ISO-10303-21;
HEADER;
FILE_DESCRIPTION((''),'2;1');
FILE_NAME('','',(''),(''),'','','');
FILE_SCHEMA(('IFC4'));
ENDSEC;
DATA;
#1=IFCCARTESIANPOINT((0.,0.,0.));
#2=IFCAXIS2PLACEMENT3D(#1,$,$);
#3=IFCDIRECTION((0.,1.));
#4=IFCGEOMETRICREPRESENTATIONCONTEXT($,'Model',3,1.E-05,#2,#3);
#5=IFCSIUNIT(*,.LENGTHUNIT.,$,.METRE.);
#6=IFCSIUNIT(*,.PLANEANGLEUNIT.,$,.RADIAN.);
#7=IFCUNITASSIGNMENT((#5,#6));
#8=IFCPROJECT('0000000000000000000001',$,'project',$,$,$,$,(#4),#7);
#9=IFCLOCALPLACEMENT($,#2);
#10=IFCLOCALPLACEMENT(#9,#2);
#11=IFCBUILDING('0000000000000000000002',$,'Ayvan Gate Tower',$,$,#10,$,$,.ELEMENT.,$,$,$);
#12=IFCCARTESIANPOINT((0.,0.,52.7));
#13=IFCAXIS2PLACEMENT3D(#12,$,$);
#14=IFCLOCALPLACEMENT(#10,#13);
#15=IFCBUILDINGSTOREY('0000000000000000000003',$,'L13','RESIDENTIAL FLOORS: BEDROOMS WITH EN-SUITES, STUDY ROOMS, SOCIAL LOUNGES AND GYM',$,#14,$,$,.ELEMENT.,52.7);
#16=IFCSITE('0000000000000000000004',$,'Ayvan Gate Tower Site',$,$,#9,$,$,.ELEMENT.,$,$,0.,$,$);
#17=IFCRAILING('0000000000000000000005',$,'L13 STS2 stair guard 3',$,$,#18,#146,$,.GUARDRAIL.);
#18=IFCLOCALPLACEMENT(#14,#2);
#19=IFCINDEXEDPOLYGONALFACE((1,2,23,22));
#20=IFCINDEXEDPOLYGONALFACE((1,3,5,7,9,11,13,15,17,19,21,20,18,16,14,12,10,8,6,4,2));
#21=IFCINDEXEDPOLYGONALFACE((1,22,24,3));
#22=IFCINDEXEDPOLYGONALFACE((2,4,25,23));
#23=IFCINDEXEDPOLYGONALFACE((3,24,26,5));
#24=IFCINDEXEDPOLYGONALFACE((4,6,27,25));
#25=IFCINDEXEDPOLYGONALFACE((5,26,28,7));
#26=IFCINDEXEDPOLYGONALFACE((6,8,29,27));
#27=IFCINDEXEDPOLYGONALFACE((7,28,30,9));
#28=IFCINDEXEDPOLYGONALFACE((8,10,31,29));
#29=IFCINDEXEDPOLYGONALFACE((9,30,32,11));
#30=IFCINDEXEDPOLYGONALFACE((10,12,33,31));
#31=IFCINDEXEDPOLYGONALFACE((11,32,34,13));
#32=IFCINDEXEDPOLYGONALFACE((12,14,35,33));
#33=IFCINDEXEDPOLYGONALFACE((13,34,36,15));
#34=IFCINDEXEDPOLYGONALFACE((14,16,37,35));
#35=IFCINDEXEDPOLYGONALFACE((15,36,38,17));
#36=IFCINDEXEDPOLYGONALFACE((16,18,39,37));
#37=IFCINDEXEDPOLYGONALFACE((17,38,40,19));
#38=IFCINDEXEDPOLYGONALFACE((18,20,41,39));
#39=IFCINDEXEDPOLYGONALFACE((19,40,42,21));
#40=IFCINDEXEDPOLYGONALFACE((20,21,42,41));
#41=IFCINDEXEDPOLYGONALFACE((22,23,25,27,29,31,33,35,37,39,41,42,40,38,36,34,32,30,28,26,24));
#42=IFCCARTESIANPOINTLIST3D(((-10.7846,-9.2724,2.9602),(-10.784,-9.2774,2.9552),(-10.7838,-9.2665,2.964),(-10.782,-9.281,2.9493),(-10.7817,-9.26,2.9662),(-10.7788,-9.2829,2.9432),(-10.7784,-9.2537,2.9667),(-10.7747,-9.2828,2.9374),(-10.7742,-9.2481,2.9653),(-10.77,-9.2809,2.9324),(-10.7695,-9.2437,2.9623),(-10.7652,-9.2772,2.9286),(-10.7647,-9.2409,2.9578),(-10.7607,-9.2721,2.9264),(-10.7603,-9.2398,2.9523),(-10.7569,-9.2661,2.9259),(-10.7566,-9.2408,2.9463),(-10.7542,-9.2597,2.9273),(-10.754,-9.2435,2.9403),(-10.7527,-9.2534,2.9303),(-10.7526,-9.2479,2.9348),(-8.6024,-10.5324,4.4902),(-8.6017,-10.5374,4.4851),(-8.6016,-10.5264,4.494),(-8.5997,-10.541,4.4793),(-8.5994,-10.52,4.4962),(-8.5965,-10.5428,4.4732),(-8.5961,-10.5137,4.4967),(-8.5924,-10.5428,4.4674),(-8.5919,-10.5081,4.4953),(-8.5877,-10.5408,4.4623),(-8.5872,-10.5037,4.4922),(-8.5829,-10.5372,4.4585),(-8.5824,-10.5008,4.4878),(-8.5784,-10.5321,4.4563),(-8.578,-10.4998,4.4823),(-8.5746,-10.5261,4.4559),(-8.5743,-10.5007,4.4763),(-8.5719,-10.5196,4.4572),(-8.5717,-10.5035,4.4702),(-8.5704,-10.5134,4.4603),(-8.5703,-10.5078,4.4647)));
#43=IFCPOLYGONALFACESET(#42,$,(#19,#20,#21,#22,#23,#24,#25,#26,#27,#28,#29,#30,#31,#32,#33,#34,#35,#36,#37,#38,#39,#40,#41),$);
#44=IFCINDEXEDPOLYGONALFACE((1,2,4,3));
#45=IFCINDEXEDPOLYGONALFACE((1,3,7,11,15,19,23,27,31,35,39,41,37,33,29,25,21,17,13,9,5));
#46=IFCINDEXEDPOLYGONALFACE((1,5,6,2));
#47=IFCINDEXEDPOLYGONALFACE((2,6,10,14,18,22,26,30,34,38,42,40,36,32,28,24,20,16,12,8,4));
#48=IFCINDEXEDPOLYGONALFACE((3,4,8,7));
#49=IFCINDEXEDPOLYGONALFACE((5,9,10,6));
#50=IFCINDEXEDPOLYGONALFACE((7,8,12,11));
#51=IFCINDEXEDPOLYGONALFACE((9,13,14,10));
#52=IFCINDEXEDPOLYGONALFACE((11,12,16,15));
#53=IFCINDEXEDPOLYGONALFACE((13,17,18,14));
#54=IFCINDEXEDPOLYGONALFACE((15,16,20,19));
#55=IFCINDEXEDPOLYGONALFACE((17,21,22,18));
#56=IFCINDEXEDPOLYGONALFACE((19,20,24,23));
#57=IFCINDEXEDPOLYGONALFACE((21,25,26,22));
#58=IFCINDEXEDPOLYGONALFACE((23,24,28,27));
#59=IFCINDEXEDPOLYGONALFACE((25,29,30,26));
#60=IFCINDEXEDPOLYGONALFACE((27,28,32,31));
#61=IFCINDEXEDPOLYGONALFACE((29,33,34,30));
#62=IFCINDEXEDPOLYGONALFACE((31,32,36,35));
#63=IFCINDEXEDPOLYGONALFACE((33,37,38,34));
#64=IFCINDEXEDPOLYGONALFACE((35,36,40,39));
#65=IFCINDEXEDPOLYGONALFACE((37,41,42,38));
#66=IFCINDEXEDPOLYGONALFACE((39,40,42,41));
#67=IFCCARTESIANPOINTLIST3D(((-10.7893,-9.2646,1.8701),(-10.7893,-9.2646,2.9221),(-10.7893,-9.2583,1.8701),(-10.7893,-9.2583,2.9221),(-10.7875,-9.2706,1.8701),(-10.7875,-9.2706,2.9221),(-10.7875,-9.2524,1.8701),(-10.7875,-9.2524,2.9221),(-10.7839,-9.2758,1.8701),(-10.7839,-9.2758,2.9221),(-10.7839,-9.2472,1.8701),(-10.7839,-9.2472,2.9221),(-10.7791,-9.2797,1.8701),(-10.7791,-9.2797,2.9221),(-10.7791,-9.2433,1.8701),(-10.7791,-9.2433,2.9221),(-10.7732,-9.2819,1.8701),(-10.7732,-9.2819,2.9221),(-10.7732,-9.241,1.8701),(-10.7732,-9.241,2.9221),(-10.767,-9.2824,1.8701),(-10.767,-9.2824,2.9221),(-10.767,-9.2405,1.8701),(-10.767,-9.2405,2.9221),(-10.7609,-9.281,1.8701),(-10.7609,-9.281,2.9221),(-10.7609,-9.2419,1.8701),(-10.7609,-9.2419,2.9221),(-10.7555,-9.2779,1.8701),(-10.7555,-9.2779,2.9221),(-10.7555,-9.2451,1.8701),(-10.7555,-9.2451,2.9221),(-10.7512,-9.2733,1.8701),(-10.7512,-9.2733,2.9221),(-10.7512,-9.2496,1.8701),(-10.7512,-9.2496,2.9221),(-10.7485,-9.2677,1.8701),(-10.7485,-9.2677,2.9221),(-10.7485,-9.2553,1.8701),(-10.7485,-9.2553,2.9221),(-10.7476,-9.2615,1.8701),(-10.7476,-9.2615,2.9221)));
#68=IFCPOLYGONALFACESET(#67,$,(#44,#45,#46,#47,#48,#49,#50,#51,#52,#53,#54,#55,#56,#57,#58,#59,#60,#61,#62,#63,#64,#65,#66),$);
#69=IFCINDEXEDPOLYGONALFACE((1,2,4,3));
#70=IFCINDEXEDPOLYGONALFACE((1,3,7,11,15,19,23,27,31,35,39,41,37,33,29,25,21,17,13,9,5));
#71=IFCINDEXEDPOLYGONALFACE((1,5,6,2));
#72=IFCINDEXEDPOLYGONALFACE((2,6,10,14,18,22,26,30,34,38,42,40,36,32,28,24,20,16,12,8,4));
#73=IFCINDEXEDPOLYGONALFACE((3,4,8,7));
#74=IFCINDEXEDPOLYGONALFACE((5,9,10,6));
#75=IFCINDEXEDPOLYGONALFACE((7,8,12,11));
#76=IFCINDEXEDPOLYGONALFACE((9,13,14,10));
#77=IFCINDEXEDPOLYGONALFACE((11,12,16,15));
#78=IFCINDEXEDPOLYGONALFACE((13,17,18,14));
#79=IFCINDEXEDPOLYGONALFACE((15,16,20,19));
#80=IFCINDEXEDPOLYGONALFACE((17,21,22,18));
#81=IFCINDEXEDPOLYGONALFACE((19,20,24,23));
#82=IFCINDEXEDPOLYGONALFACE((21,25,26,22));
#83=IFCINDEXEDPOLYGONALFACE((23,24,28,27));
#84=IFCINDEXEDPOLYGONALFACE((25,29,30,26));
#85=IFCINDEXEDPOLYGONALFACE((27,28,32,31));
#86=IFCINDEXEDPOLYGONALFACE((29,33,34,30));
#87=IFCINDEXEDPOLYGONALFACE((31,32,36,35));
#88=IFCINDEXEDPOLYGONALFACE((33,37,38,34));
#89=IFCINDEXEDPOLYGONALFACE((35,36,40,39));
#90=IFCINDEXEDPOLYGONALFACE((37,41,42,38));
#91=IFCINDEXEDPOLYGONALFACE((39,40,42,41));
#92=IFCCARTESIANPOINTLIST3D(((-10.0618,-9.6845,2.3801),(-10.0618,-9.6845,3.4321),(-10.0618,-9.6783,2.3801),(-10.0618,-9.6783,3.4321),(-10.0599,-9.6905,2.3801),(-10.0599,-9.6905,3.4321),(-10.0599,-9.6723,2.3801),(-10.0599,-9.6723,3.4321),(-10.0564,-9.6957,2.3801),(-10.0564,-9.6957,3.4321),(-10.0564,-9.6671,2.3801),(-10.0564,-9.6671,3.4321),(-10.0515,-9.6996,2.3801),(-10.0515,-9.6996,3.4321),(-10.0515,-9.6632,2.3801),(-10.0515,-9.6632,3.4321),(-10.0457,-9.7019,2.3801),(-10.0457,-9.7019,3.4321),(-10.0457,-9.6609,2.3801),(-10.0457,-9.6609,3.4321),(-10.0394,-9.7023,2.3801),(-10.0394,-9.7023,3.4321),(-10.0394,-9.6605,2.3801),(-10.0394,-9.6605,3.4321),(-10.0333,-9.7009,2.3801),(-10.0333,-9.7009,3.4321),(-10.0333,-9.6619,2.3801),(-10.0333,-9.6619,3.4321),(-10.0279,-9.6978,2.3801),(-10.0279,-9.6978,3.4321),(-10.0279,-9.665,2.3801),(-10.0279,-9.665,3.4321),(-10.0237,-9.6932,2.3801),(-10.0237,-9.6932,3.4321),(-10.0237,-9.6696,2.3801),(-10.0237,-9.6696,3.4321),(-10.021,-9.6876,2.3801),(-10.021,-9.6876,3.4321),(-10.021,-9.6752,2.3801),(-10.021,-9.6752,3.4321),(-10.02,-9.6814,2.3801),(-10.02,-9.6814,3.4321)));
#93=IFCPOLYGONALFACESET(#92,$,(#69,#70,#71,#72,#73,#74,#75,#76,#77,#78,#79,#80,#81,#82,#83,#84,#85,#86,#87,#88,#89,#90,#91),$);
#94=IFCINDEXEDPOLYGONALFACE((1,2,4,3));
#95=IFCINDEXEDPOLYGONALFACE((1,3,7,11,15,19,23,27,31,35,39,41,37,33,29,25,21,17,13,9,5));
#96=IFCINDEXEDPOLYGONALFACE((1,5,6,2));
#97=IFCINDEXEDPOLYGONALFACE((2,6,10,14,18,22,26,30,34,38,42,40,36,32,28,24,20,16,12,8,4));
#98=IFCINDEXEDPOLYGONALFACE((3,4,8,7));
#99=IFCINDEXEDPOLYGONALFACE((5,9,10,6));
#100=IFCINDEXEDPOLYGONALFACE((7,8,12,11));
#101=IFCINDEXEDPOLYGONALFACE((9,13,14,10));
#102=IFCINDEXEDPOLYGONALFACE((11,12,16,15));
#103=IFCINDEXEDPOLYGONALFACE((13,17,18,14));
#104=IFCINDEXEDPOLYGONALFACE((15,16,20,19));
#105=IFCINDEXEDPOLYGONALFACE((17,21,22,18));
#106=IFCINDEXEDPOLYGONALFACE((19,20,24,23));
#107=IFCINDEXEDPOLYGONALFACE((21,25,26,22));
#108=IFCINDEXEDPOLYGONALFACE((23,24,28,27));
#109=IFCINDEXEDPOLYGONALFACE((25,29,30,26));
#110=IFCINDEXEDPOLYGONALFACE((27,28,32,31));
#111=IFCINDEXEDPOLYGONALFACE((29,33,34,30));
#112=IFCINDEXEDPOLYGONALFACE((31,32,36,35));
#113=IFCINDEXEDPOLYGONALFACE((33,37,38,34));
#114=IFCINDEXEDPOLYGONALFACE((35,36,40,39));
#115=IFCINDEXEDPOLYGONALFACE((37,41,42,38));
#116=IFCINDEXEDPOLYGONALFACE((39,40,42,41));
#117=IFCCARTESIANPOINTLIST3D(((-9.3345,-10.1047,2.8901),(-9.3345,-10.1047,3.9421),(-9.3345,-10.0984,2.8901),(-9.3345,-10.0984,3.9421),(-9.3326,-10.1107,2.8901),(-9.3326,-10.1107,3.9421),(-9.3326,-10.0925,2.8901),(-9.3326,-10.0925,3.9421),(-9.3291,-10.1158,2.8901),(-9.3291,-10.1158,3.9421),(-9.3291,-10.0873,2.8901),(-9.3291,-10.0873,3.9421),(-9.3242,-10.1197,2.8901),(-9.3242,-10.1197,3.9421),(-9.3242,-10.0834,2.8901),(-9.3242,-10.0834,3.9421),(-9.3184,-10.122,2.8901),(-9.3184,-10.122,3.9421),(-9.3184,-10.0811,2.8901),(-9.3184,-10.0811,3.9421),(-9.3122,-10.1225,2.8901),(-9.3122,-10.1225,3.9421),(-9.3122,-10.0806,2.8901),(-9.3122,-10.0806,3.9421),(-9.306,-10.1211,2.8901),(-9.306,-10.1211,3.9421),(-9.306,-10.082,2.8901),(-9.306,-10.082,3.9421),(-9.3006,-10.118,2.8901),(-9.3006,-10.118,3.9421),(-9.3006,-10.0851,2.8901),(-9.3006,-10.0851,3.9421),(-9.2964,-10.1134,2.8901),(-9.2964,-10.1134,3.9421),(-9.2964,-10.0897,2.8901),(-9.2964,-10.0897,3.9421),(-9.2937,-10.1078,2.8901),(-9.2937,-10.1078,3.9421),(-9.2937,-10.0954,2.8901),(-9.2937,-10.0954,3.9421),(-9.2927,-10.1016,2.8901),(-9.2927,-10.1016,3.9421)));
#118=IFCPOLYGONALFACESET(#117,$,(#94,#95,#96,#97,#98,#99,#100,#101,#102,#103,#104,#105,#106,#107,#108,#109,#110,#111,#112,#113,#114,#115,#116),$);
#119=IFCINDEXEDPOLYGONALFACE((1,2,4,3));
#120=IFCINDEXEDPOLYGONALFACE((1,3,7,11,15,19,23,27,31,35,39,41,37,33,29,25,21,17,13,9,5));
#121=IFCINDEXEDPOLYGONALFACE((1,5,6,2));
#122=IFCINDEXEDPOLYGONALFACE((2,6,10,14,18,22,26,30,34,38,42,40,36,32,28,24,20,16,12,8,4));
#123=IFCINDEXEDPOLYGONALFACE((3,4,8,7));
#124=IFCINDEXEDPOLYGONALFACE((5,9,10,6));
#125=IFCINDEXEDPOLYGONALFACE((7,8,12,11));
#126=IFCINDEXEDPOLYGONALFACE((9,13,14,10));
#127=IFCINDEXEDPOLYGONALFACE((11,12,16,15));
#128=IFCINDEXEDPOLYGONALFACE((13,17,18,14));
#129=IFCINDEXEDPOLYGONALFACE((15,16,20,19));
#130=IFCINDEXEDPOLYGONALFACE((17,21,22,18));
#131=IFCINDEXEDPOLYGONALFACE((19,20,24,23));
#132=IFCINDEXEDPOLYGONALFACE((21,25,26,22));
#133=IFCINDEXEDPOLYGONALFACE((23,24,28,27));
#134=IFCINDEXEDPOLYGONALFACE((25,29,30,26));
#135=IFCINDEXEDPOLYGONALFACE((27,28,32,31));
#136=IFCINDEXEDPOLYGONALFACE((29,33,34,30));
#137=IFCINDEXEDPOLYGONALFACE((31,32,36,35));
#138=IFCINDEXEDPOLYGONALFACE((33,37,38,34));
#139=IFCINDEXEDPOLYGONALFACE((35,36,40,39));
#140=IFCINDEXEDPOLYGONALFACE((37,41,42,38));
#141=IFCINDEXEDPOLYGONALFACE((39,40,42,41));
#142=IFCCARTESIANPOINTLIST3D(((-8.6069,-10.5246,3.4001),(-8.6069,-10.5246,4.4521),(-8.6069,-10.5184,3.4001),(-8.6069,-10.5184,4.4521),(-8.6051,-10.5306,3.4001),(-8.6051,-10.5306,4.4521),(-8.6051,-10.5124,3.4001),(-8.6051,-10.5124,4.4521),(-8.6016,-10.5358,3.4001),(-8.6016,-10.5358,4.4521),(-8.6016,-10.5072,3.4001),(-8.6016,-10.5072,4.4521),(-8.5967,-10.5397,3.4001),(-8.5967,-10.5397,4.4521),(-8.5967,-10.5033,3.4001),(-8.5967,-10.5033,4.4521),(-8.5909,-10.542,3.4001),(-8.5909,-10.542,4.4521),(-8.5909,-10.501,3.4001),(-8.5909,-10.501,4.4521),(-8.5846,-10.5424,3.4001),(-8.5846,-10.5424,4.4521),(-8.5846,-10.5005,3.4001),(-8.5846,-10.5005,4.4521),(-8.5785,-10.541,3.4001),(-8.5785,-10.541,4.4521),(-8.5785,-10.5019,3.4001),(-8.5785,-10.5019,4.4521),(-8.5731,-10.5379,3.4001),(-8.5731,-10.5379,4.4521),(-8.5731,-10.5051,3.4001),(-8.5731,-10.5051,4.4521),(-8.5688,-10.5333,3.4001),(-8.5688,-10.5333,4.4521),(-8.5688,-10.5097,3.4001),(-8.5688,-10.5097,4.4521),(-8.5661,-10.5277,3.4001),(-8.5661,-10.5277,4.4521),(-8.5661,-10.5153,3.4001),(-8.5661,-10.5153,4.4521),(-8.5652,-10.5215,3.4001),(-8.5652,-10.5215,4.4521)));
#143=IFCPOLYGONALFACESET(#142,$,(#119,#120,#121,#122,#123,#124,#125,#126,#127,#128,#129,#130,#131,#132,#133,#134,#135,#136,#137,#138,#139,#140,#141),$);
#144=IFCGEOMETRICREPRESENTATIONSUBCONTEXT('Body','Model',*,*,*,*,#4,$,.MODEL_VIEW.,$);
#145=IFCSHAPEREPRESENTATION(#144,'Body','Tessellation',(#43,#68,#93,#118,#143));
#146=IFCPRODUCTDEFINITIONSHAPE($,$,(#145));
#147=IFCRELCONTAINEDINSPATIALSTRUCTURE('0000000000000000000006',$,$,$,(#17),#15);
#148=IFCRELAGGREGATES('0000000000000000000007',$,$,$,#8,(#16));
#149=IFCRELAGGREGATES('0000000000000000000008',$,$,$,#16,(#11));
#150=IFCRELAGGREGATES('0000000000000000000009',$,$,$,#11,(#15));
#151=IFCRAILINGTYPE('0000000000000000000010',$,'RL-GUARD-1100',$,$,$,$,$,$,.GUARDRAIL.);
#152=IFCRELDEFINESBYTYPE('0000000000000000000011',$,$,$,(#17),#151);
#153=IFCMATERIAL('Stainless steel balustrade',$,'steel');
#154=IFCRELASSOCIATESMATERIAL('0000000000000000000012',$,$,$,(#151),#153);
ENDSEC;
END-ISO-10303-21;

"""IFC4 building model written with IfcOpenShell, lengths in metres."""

from ifc_helpers import new_model, si_unit, direction, frame, origin, origin_2d, place, context, subcontext, project, spatial, circle, extrude, material, type_object, element, save


model = new_model("IFC4")

# Units and contexts
model_context = context("Model", 3, precision=1e-05, world=origin(), true_north=direction((0.0, 1.0)))
body_context = subcontext(model_context, "Body", "Model", "MODEL_VIEW")
ifc_project = project(units=[si_unit("LENGTHUNIT", "METRE"), si_unit("PLANEANGLEUNIT", "RADIAN")], contexts=[model_context])

# Site, building, storey
site_placement = place(None, origin())
site = spatial("IfcSite", under=ifc_project, at=site_placement, Name="Ayvan Gate Tower Site", CompositionType="ELEMENT", RefElevation=0.0)
building_placement = place(site_placement, origin())
building = spatial("IfcBuilding", under=site, at=building_placement, Name="Ayvan Gate Tower", CompositionType="ELEMENT")
storey_placement = place(building_placement, frame((0.0, 0.0, 52.7)))
storey = spatial("IfcBuildingStorey", under=building, at=storey_placement, Name="L13", Description="RESIDENTIAL FLOORS: BEDROOMS WITH EN-SUITES, STUDY ROOMS, SOCIAL LOUNGES AND GYM", CompositionType="ELEMENT", Elevation=52.7)

# Railing
ifc_material_1 = material(Name="Stainless steel balustrade", Category="steel")
railing_type_1 = type_object("IfcRailingType", Name="RL-GUARD-1100", PredefinedType="GUARDRAIL", material=ifc_material_1)
railing_1_placement = place(storey_placement, frame((-10.7686, -9.2615, 1.8701)))
element("IfcRailing", 1, at=railing_1_placement, inside=storey, type_object=railing_type_1, Name="L13 STS2 stair guard 3", PredefinedType="GUARDRAIL", context=body_context, shape_type="SweptSolid", body=[
    extrude(circle(Radius=0.0239, at=origin_2d()), frame((0.0, 0.0, 1.0762), z_axis=(0.740261, -0.427395, 0.518986), x_axis=(0.500005, 0.866023, 0.0)), (0.0, 0.0, 1.0), 2.948),
    extrude(circle(Radius=0.021, at=origin_2d()), origin(), (0.0, 0.0, 1.0), 1.052),
    extrude(circle(Radius=0.021, at=origin_2d()), frame((0.7275, -0.4199, 0.51)), (0.0, 0.0, 1.0), 1.052),
    extrude(circle(Radius=0.021, at=origin_2d()), frame((1.4548, -0.8401, 1.02)), (0.0, 0.0, 1.0), 1.052),
    extrude(circle(Radius=0.021, at=origin_2d()), frame((2.1824, -1.26, 1.53)), (0.0, 0.0, 1.0), 1.052),
])

save(model, "model.ifc")
